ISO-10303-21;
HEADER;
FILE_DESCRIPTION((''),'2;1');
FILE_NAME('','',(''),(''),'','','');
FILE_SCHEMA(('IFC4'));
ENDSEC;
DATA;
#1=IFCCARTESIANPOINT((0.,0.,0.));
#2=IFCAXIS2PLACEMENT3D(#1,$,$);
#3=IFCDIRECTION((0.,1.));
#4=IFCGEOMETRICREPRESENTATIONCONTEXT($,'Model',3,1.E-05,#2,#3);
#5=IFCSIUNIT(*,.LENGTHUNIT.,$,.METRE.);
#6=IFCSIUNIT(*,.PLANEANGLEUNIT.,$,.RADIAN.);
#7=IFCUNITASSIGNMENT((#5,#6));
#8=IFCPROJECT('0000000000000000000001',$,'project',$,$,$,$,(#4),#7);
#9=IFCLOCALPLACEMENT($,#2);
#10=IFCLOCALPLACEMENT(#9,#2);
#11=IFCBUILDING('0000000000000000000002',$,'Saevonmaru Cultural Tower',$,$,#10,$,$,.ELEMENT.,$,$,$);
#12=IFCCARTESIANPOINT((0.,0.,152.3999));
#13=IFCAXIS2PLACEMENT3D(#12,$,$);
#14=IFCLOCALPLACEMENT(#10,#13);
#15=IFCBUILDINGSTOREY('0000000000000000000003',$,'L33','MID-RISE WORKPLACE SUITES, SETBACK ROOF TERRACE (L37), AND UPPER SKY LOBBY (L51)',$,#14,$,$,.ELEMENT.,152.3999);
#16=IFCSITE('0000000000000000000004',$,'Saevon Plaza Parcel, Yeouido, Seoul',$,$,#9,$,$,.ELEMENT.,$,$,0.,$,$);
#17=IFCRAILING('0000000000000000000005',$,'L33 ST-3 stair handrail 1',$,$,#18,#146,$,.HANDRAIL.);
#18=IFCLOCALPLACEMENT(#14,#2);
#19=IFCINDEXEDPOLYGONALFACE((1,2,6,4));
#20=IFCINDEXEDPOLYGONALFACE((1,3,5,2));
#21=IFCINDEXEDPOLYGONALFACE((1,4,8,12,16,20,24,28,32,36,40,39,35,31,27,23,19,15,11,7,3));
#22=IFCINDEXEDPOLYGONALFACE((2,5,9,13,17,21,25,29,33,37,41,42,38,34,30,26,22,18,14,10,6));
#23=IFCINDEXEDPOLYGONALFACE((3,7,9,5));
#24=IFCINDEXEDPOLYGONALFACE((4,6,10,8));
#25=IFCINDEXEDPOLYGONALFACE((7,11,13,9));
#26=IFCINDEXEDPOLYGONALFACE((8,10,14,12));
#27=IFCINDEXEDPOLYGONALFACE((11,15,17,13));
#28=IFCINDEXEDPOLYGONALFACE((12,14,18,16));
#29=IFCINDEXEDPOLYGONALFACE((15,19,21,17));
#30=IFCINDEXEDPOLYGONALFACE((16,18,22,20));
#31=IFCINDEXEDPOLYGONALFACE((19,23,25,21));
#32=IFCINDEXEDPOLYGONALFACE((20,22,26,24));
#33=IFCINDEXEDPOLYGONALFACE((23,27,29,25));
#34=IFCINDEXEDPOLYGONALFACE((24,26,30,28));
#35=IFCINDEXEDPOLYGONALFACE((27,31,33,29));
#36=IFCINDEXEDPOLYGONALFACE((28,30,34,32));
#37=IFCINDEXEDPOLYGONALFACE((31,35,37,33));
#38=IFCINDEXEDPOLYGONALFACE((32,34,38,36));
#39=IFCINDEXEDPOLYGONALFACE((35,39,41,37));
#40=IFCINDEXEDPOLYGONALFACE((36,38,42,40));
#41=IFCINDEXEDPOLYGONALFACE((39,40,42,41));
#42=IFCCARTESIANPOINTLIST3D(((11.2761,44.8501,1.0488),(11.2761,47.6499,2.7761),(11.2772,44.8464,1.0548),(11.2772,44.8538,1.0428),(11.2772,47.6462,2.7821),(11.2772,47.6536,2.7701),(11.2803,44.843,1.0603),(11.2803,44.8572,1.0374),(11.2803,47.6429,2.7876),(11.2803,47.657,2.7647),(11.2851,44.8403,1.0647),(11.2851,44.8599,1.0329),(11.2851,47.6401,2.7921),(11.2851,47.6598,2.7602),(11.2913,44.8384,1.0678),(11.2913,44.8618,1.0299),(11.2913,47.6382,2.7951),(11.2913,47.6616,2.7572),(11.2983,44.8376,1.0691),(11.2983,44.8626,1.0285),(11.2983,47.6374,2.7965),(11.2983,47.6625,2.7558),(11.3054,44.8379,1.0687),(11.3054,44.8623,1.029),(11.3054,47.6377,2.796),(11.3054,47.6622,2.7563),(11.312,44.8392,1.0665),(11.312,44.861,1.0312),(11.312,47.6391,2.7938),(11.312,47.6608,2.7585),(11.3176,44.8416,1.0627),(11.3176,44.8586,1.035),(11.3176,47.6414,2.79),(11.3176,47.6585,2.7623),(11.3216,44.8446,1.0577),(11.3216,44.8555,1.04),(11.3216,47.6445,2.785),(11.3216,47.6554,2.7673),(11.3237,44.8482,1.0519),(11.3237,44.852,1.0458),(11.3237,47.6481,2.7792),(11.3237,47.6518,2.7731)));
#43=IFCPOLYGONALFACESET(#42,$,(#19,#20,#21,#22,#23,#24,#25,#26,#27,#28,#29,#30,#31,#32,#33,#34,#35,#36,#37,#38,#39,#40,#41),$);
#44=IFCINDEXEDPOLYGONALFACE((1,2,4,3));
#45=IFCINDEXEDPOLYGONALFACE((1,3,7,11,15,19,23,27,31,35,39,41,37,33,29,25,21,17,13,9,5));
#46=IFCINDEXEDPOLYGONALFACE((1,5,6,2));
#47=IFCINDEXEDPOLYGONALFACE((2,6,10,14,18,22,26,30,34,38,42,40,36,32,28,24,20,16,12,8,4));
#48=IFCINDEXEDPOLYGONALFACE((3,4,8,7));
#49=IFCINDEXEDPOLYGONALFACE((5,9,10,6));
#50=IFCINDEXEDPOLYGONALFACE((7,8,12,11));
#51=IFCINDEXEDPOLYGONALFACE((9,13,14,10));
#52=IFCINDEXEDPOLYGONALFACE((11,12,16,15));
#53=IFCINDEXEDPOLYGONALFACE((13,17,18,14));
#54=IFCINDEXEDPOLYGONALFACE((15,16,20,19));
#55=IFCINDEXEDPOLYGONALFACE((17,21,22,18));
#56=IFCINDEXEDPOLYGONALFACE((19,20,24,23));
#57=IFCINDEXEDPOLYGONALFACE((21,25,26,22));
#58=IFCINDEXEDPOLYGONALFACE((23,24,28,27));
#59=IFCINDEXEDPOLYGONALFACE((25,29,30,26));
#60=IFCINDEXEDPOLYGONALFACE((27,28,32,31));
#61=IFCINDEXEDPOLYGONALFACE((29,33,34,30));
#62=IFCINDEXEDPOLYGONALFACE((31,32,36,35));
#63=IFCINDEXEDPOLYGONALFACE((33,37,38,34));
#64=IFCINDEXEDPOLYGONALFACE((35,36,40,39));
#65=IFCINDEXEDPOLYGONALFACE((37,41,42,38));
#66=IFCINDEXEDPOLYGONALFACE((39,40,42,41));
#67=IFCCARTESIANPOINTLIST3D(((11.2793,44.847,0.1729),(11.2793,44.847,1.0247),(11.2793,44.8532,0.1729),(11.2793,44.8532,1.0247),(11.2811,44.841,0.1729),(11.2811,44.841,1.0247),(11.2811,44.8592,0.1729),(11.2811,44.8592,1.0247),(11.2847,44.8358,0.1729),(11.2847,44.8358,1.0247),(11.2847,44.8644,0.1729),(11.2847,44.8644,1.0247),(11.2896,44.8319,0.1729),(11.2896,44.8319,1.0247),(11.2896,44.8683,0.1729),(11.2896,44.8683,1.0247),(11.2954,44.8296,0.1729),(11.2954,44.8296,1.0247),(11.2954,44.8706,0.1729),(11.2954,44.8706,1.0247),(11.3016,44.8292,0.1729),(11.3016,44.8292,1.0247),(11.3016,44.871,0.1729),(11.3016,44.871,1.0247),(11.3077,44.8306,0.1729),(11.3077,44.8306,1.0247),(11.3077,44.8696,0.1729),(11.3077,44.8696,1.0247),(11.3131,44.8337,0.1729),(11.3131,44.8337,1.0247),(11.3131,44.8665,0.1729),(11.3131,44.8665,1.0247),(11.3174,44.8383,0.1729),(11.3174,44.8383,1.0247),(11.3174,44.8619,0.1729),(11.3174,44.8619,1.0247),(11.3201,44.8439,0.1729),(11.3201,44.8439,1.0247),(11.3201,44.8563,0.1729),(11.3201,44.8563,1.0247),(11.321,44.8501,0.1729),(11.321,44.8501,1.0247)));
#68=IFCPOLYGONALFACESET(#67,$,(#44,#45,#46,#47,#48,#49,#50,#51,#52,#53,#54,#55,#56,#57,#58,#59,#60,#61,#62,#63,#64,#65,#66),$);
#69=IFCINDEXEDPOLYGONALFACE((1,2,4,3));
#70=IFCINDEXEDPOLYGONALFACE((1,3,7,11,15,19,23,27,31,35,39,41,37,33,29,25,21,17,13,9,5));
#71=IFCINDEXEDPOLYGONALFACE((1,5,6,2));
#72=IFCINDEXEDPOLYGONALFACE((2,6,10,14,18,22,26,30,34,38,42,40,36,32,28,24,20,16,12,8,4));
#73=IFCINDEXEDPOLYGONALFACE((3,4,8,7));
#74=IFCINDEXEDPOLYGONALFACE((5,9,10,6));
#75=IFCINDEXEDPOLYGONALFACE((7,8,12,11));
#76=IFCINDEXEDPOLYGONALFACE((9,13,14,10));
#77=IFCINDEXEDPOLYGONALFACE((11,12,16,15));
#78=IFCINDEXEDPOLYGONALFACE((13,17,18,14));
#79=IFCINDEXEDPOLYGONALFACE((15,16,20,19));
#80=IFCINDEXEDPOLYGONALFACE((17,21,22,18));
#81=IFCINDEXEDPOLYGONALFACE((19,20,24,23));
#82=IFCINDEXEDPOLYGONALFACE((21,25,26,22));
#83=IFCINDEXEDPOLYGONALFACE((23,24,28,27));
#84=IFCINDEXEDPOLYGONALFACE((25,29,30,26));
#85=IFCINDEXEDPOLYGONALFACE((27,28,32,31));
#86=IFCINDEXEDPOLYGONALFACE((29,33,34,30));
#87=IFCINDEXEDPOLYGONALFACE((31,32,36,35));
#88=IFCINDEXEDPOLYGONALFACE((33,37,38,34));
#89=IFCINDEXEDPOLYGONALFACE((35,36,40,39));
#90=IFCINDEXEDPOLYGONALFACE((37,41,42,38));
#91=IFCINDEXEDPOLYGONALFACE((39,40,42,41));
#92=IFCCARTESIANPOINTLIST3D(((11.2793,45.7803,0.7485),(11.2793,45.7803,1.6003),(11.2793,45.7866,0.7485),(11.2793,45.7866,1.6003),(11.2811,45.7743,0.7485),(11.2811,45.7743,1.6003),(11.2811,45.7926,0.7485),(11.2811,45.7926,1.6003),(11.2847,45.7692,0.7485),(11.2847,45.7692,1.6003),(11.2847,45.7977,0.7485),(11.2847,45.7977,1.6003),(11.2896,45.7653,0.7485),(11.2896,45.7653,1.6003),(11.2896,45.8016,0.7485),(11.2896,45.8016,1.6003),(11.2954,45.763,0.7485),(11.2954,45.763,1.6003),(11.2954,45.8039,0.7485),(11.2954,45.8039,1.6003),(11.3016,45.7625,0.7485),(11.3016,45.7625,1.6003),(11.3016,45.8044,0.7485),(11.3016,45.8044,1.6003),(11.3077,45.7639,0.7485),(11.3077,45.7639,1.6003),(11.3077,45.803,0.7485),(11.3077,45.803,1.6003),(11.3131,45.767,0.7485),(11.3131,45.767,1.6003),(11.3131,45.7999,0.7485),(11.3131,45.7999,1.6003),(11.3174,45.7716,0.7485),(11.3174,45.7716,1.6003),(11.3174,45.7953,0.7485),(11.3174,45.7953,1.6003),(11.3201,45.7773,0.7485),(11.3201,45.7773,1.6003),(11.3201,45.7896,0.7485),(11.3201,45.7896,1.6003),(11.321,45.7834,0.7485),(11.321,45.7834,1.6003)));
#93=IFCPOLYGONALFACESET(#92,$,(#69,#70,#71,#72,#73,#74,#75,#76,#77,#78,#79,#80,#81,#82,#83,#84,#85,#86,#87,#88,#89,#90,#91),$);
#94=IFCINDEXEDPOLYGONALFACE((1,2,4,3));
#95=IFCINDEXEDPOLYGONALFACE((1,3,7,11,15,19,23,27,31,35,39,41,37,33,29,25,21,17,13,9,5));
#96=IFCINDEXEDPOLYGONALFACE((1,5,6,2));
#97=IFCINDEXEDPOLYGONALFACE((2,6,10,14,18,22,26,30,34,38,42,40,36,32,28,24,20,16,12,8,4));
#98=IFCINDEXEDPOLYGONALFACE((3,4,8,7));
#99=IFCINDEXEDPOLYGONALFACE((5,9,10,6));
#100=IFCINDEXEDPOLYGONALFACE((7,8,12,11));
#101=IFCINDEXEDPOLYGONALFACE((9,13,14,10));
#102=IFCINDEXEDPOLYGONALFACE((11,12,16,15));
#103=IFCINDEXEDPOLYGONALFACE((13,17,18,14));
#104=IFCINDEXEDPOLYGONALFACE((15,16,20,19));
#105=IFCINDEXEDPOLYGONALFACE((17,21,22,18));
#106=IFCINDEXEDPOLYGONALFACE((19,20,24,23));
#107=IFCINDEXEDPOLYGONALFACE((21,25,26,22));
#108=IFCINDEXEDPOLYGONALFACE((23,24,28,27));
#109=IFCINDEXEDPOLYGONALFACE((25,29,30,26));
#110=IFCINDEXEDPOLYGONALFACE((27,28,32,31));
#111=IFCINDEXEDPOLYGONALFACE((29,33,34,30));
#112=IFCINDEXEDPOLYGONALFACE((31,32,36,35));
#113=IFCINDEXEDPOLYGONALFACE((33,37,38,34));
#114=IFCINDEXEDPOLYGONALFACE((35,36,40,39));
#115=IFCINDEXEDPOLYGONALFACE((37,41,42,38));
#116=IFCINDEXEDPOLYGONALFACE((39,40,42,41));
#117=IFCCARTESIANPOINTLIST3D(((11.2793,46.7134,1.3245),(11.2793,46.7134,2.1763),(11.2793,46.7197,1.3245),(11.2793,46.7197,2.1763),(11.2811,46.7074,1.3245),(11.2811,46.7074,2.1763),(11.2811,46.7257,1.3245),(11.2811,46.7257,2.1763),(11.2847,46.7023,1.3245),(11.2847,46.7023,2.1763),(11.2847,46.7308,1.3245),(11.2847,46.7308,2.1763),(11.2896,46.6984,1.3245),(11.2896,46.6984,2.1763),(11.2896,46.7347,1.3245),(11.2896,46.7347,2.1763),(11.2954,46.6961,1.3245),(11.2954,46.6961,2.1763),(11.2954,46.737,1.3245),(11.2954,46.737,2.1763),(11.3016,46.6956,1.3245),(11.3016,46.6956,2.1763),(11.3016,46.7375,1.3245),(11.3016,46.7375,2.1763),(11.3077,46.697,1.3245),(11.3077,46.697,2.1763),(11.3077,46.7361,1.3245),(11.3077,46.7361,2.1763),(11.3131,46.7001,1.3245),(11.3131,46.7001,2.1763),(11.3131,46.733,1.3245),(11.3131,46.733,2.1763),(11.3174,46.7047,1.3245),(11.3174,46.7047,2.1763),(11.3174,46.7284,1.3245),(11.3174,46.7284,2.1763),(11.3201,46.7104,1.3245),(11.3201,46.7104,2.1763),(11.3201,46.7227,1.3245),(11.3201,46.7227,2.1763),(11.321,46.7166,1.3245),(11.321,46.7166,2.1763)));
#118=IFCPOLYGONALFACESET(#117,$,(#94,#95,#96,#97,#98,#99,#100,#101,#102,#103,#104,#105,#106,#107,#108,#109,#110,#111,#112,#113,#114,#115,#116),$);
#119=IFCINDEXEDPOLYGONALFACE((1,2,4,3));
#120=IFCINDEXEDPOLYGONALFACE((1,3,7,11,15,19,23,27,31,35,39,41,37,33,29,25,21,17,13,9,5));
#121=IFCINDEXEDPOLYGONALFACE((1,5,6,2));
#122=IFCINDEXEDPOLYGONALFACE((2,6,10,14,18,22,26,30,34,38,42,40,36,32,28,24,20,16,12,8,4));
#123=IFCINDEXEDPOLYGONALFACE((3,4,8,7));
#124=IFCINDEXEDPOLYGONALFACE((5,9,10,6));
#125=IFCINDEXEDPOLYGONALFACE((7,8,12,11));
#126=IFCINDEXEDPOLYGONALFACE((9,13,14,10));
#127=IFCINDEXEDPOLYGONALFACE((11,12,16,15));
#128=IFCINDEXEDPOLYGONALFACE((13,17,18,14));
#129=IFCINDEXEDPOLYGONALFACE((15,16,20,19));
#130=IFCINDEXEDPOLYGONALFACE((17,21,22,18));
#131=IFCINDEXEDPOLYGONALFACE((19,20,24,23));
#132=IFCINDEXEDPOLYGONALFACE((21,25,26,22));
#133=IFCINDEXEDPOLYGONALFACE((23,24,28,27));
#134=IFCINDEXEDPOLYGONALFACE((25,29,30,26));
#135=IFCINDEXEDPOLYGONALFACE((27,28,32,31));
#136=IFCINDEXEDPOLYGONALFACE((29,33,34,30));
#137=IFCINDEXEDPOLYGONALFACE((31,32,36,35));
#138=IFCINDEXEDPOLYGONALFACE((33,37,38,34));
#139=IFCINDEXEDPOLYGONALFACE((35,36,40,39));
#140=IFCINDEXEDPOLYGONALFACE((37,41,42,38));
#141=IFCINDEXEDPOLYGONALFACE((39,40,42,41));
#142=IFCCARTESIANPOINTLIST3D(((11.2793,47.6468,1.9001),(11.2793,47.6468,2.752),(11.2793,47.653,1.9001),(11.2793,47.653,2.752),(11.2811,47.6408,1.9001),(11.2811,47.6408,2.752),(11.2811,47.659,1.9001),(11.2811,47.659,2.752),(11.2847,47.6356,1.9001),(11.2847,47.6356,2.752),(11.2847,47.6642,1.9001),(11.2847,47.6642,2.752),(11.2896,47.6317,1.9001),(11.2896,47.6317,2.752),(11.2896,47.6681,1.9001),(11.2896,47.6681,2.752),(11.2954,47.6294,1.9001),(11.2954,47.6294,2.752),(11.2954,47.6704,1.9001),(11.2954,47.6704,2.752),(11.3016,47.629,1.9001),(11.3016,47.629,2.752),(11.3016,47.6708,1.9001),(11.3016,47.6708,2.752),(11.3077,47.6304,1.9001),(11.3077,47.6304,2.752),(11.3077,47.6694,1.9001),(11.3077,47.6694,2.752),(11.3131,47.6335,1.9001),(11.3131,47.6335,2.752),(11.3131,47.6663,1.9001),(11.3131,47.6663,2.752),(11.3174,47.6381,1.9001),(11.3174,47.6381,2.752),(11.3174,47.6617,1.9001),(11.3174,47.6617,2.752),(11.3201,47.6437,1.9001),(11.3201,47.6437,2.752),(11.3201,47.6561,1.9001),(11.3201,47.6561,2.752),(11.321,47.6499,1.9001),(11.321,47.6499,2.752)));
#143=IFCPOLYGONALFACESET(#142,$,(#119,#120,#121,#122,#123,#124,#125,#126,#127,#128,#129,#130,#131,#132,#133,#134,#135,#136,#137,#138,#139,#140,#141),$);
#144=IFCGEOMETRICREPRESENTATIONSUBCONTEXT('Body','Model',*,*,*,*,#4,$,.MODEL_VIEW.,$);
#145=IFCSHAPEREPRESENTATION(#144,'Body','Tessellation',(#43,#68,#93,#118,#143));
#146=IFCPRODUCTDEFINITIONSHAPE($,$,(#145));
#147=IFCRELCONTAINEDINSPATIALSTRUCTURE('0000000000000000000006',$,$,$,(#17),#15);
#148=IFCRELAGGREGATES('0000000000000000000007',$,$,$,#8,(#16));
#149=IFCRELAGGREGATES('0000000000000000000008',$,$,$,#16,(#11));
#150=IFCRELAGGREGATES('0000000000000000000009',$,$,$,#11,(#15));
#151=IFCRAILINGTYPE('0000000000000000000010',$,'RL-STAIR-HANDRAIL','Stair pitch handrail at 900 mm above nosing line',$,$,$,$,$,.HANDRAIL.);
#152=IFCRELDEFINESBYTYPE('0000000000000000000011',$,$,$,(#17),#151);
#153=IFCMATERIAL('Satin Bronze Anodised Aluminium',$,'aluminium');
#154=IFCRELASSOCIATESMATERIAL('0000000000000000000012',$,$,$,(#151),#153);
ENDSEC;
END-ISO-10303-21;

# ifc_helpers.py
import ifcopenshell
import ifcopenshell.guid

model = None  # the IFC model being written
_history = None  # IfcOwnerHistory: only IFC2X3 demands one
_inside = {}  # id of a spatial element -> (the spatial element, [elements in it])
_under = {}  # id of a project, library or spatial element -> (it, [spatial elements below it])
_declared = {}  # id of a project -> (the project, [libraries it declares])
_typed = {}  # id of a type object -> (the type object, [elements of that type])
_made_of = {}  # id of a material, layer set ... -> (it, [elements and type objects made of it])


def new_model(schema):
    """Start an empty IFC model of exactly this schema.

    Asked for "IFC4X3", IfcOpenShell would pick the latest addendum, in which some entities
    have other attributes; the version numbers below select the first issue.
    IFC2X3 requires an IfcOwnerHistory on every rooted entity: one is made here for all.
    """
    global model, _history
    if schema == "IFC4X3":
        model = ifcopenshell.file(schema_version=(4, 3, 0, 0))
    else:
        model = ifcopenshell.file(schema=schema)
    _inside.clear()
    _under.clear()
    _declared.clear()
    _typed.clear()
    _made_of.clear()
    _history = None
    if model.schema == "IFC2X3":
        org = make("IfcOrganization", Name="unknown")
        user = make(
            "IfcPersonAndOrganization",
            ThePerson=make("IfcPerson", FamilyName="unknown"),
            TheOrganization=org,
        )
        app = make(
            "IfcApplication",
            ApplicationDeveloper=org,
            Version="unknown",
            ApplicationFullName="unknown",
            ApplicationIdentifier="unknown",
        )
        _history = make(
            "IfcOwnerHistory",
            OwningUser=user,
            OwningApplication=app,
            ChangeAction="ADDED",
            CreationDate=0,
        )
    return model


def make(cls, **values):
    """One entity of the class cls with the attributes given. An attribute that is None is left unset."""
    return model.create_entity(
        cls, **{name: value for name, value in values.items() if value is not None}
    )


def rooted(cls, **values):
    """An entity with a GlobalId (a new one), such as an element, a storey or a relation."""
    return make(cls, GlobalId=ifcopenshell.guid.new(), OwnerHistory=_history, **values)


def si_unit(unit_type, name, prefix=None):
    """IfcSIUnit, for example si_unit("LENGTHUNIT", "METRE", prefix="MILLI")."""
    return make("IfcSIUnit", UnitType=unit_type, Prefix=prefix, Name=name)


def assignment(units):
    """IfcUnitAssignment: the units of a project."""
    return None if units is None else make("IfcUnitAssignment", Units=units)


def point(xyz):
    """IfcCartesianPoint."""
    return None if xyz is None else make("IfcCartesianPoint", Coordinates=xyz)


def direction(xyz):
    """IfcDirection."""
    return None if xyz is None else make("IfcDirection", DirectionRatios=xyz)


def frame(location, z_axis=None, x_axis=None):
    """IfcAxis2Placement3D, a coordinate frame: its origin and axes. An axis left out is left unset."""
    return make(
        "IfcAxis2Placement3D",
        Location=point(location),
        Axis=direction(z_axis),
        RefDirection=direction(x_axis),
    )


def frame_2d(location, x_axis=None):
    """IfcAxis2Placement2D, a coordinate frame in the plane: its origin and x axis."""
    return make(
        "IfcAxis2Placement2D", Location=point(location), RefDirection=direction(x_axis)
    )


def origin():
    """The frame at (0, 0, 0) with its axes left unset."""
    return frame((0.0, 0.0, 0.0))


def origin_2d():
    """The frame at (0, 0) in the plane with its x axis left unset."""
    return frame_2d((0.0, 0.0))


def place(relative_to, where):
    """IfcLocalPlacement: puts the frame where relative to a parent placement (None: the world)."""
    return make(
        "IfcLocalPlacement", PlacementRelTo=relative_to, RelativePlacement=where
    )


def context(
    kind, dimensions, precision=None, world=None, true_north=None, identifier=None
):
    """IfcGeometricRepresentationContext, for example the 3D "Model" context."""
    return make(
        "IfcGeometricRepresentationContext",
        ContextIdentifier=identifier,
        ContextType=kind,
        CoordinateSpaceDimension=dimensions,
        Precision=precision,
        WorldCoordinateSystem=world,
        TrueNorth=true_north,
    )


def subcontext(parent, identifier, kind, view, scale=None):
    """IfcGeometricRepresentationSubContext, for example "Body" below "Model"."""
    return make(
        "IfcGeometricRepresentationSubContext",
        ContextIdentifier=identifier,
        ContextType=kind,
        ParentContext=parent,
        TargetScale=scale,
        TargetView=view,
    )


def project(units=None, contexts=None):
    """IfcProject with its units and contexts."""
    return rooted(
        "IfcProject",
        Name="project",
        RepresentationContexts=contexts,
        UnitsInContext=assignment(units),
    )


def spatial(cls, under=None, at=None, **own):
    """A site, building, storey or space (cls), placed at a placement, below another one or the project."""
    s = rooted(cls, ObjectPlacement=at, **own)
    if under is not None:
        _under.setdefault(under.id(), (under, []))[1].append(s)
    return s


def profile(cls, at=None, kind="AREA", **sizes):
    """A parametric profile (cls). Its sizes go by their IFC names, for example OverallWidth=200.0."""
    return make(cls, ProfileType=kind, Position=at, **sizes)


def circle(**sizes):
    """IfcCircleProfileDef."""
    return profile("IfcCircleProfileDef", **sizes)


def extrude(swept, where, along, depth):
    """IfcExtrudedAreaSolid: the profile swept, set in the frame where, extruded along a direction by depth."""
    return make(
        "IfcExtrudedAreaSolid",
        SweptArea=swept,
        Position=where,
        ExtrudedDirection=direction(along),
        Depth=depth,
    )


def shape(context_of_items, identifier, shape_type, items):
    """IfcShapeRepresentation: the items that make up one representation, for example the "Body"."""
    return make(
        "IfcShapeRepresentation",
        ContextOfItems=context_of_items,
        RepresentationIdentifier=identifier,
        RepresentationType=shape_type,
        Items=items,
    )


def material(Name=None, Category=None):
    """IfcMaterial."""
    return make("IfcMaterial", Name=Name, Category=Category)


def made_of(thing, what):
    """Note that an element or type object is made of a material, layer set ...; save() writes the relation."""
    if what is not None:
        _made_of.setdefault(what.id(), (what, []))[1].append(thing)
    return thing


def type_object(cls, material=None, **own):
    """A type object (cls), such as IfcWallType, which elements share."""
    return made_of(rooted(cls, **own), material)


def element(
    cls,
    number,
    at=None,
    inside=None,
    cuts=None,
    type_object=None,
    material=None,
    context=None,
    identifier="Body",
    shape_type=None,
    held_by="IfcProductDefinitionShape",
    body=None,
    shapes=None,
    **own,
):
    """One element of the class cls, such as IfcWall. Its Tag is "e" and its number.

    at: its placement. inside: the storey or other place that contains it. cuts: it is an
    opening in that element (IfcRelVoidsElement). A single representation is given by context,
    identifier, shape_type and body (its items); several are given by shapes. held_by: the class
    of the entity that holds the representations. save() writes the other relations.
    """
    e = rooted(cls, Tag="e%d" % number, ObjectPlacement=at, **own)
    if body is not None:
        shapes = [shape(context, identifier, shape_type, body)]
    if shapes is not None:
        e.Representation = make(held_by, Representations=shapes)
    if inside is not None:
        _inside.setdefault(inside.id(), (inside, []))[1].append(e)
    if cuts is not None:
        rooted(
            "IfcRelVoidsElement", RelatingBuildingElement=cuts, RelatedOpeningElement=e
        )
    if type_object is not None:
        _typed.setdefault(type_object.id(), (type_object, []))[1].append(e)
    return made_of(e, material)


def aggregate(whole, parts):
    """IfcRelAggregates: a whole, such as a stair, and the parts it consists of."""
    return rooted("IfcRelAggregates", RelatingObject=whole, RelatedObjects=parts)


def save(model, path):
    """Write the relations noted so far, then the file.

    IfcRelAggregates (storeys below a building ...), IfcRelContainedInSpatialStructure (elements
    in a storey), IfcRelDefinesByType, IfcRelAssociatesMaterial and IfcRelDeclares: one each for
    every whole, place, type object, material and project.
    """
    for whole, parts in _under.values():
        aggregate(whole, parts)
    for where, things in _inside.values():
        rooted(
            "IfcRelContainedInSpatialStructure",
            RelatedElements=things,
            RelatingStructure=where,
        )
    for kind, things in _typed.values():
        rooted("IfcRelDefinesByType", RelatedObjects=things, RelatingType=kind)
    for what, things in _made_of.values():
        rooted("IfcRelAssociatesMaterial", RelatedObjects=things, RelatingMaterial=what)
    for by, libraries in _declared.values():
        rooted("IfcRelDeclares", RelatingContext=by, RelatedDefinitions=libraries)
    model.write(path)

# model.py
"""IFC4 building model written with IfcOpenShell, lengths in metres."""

from ifc_helpers import new_model, si_unit, direction, frame, origin, origin_2d, place, context, subcontext, project, spatial, circle, extrude, material, type_object, element, save


model = new_model("IFC4")

# Units and contexts
model_context = context("Model", 3, precision=1e-05, world=origin(), true_north=direction((0.0, 1.0)))
body_context = subcontext(model_context, "Body", "Model", "MODEL_VIEW")
ifc_project = project(units=[si_unit("LENGTHUNIT", "METRE"), si_unit("PLANEANGLEUNIT", "RADIAN")], contexts=[model_context])

# Site, building, storey
site_placement = place(None, origin())
site = spatial("IfcSite", under=ifc_project, at=site_placement, Name="Saevon Plaza Parcel, Yeouido, Seoul", CompositionType="ELEMENT", RefElevation=0.0)
building_placement = place(site_placement, origin())
building = spatial("IfcBuilding", under=site, at=building_placement, Name="Saevonmaru Cultural Tower", CompositionType="ELEMENT")
storey_placement = place(building_placement, frame((0.0, 0.0, 152.3999)))
storey = spatial("IfcBuildingStorey", under=building, at=storey_placement, Name="L33", Description="MID-RISE WORKPLACE SUITES, SETBACK ROOF TERRACE (L37), AND UPPER SKY LOBBY (L51)", CompositionType="ELEMENT", Elevation=152.3999)

# Shared definitions
ifc_material_1 = material(Name="Satin Bronze Anodised Aluminium", Category="aluminium")

# Railing
railing_type_1 = type_object("IfcRailingType", Name="RL-STAIR-HANDRAIL", Description="Stair pitch handrail at 900 mm above nosing line", PredefinedType="HANDRAIL", material=ifc_material_1)
railing_1_placement = place(storey_placement, frame((11.3, 44.8501, 0.1729)))
element("IfcRailing", 1, at=railing_1_placement, inside=storey, type_object=railing_type_1, Name="L33 ST-3 stair handrail 1", PredefinedType="HANDRAIL", context=body_context, shape_type="SweptSolid", body=[
    extrude(circle(Radius=0.0239, at=origin_2d()), frame((0.0, 0.0, 0.876), z_axis=(0.0, 0.851069, 0.525054), x_axis=(-1.0, 0.0, 0.0)), (0.0, 0.0, 1.0), 3.2898),
    extrude(circle(Radius=0.021, at=origin_2d()), origin(), (0.0, 0.0, 1.0), 0.8518),
    extrude(circle(Radius=0.021, at=origin_2d()), frame((0.0, 0.9333, 0.5757)), (0.0, 0.0, 1.0), 0.8518),
    extrude(circle(Radius=0.021, at=origin_2d()), frame((0.0, 1.8665, 1.1516)), (0.0, 0.0, 1.0), 0.8518),
    extrude(circle(Radius=0.021, at=origin_2d()), frame((0.0, 2.7998, 1.7273)), (0.0, 0.0, 1.0), 0.8518),
])

save(model, "model.ifc")
